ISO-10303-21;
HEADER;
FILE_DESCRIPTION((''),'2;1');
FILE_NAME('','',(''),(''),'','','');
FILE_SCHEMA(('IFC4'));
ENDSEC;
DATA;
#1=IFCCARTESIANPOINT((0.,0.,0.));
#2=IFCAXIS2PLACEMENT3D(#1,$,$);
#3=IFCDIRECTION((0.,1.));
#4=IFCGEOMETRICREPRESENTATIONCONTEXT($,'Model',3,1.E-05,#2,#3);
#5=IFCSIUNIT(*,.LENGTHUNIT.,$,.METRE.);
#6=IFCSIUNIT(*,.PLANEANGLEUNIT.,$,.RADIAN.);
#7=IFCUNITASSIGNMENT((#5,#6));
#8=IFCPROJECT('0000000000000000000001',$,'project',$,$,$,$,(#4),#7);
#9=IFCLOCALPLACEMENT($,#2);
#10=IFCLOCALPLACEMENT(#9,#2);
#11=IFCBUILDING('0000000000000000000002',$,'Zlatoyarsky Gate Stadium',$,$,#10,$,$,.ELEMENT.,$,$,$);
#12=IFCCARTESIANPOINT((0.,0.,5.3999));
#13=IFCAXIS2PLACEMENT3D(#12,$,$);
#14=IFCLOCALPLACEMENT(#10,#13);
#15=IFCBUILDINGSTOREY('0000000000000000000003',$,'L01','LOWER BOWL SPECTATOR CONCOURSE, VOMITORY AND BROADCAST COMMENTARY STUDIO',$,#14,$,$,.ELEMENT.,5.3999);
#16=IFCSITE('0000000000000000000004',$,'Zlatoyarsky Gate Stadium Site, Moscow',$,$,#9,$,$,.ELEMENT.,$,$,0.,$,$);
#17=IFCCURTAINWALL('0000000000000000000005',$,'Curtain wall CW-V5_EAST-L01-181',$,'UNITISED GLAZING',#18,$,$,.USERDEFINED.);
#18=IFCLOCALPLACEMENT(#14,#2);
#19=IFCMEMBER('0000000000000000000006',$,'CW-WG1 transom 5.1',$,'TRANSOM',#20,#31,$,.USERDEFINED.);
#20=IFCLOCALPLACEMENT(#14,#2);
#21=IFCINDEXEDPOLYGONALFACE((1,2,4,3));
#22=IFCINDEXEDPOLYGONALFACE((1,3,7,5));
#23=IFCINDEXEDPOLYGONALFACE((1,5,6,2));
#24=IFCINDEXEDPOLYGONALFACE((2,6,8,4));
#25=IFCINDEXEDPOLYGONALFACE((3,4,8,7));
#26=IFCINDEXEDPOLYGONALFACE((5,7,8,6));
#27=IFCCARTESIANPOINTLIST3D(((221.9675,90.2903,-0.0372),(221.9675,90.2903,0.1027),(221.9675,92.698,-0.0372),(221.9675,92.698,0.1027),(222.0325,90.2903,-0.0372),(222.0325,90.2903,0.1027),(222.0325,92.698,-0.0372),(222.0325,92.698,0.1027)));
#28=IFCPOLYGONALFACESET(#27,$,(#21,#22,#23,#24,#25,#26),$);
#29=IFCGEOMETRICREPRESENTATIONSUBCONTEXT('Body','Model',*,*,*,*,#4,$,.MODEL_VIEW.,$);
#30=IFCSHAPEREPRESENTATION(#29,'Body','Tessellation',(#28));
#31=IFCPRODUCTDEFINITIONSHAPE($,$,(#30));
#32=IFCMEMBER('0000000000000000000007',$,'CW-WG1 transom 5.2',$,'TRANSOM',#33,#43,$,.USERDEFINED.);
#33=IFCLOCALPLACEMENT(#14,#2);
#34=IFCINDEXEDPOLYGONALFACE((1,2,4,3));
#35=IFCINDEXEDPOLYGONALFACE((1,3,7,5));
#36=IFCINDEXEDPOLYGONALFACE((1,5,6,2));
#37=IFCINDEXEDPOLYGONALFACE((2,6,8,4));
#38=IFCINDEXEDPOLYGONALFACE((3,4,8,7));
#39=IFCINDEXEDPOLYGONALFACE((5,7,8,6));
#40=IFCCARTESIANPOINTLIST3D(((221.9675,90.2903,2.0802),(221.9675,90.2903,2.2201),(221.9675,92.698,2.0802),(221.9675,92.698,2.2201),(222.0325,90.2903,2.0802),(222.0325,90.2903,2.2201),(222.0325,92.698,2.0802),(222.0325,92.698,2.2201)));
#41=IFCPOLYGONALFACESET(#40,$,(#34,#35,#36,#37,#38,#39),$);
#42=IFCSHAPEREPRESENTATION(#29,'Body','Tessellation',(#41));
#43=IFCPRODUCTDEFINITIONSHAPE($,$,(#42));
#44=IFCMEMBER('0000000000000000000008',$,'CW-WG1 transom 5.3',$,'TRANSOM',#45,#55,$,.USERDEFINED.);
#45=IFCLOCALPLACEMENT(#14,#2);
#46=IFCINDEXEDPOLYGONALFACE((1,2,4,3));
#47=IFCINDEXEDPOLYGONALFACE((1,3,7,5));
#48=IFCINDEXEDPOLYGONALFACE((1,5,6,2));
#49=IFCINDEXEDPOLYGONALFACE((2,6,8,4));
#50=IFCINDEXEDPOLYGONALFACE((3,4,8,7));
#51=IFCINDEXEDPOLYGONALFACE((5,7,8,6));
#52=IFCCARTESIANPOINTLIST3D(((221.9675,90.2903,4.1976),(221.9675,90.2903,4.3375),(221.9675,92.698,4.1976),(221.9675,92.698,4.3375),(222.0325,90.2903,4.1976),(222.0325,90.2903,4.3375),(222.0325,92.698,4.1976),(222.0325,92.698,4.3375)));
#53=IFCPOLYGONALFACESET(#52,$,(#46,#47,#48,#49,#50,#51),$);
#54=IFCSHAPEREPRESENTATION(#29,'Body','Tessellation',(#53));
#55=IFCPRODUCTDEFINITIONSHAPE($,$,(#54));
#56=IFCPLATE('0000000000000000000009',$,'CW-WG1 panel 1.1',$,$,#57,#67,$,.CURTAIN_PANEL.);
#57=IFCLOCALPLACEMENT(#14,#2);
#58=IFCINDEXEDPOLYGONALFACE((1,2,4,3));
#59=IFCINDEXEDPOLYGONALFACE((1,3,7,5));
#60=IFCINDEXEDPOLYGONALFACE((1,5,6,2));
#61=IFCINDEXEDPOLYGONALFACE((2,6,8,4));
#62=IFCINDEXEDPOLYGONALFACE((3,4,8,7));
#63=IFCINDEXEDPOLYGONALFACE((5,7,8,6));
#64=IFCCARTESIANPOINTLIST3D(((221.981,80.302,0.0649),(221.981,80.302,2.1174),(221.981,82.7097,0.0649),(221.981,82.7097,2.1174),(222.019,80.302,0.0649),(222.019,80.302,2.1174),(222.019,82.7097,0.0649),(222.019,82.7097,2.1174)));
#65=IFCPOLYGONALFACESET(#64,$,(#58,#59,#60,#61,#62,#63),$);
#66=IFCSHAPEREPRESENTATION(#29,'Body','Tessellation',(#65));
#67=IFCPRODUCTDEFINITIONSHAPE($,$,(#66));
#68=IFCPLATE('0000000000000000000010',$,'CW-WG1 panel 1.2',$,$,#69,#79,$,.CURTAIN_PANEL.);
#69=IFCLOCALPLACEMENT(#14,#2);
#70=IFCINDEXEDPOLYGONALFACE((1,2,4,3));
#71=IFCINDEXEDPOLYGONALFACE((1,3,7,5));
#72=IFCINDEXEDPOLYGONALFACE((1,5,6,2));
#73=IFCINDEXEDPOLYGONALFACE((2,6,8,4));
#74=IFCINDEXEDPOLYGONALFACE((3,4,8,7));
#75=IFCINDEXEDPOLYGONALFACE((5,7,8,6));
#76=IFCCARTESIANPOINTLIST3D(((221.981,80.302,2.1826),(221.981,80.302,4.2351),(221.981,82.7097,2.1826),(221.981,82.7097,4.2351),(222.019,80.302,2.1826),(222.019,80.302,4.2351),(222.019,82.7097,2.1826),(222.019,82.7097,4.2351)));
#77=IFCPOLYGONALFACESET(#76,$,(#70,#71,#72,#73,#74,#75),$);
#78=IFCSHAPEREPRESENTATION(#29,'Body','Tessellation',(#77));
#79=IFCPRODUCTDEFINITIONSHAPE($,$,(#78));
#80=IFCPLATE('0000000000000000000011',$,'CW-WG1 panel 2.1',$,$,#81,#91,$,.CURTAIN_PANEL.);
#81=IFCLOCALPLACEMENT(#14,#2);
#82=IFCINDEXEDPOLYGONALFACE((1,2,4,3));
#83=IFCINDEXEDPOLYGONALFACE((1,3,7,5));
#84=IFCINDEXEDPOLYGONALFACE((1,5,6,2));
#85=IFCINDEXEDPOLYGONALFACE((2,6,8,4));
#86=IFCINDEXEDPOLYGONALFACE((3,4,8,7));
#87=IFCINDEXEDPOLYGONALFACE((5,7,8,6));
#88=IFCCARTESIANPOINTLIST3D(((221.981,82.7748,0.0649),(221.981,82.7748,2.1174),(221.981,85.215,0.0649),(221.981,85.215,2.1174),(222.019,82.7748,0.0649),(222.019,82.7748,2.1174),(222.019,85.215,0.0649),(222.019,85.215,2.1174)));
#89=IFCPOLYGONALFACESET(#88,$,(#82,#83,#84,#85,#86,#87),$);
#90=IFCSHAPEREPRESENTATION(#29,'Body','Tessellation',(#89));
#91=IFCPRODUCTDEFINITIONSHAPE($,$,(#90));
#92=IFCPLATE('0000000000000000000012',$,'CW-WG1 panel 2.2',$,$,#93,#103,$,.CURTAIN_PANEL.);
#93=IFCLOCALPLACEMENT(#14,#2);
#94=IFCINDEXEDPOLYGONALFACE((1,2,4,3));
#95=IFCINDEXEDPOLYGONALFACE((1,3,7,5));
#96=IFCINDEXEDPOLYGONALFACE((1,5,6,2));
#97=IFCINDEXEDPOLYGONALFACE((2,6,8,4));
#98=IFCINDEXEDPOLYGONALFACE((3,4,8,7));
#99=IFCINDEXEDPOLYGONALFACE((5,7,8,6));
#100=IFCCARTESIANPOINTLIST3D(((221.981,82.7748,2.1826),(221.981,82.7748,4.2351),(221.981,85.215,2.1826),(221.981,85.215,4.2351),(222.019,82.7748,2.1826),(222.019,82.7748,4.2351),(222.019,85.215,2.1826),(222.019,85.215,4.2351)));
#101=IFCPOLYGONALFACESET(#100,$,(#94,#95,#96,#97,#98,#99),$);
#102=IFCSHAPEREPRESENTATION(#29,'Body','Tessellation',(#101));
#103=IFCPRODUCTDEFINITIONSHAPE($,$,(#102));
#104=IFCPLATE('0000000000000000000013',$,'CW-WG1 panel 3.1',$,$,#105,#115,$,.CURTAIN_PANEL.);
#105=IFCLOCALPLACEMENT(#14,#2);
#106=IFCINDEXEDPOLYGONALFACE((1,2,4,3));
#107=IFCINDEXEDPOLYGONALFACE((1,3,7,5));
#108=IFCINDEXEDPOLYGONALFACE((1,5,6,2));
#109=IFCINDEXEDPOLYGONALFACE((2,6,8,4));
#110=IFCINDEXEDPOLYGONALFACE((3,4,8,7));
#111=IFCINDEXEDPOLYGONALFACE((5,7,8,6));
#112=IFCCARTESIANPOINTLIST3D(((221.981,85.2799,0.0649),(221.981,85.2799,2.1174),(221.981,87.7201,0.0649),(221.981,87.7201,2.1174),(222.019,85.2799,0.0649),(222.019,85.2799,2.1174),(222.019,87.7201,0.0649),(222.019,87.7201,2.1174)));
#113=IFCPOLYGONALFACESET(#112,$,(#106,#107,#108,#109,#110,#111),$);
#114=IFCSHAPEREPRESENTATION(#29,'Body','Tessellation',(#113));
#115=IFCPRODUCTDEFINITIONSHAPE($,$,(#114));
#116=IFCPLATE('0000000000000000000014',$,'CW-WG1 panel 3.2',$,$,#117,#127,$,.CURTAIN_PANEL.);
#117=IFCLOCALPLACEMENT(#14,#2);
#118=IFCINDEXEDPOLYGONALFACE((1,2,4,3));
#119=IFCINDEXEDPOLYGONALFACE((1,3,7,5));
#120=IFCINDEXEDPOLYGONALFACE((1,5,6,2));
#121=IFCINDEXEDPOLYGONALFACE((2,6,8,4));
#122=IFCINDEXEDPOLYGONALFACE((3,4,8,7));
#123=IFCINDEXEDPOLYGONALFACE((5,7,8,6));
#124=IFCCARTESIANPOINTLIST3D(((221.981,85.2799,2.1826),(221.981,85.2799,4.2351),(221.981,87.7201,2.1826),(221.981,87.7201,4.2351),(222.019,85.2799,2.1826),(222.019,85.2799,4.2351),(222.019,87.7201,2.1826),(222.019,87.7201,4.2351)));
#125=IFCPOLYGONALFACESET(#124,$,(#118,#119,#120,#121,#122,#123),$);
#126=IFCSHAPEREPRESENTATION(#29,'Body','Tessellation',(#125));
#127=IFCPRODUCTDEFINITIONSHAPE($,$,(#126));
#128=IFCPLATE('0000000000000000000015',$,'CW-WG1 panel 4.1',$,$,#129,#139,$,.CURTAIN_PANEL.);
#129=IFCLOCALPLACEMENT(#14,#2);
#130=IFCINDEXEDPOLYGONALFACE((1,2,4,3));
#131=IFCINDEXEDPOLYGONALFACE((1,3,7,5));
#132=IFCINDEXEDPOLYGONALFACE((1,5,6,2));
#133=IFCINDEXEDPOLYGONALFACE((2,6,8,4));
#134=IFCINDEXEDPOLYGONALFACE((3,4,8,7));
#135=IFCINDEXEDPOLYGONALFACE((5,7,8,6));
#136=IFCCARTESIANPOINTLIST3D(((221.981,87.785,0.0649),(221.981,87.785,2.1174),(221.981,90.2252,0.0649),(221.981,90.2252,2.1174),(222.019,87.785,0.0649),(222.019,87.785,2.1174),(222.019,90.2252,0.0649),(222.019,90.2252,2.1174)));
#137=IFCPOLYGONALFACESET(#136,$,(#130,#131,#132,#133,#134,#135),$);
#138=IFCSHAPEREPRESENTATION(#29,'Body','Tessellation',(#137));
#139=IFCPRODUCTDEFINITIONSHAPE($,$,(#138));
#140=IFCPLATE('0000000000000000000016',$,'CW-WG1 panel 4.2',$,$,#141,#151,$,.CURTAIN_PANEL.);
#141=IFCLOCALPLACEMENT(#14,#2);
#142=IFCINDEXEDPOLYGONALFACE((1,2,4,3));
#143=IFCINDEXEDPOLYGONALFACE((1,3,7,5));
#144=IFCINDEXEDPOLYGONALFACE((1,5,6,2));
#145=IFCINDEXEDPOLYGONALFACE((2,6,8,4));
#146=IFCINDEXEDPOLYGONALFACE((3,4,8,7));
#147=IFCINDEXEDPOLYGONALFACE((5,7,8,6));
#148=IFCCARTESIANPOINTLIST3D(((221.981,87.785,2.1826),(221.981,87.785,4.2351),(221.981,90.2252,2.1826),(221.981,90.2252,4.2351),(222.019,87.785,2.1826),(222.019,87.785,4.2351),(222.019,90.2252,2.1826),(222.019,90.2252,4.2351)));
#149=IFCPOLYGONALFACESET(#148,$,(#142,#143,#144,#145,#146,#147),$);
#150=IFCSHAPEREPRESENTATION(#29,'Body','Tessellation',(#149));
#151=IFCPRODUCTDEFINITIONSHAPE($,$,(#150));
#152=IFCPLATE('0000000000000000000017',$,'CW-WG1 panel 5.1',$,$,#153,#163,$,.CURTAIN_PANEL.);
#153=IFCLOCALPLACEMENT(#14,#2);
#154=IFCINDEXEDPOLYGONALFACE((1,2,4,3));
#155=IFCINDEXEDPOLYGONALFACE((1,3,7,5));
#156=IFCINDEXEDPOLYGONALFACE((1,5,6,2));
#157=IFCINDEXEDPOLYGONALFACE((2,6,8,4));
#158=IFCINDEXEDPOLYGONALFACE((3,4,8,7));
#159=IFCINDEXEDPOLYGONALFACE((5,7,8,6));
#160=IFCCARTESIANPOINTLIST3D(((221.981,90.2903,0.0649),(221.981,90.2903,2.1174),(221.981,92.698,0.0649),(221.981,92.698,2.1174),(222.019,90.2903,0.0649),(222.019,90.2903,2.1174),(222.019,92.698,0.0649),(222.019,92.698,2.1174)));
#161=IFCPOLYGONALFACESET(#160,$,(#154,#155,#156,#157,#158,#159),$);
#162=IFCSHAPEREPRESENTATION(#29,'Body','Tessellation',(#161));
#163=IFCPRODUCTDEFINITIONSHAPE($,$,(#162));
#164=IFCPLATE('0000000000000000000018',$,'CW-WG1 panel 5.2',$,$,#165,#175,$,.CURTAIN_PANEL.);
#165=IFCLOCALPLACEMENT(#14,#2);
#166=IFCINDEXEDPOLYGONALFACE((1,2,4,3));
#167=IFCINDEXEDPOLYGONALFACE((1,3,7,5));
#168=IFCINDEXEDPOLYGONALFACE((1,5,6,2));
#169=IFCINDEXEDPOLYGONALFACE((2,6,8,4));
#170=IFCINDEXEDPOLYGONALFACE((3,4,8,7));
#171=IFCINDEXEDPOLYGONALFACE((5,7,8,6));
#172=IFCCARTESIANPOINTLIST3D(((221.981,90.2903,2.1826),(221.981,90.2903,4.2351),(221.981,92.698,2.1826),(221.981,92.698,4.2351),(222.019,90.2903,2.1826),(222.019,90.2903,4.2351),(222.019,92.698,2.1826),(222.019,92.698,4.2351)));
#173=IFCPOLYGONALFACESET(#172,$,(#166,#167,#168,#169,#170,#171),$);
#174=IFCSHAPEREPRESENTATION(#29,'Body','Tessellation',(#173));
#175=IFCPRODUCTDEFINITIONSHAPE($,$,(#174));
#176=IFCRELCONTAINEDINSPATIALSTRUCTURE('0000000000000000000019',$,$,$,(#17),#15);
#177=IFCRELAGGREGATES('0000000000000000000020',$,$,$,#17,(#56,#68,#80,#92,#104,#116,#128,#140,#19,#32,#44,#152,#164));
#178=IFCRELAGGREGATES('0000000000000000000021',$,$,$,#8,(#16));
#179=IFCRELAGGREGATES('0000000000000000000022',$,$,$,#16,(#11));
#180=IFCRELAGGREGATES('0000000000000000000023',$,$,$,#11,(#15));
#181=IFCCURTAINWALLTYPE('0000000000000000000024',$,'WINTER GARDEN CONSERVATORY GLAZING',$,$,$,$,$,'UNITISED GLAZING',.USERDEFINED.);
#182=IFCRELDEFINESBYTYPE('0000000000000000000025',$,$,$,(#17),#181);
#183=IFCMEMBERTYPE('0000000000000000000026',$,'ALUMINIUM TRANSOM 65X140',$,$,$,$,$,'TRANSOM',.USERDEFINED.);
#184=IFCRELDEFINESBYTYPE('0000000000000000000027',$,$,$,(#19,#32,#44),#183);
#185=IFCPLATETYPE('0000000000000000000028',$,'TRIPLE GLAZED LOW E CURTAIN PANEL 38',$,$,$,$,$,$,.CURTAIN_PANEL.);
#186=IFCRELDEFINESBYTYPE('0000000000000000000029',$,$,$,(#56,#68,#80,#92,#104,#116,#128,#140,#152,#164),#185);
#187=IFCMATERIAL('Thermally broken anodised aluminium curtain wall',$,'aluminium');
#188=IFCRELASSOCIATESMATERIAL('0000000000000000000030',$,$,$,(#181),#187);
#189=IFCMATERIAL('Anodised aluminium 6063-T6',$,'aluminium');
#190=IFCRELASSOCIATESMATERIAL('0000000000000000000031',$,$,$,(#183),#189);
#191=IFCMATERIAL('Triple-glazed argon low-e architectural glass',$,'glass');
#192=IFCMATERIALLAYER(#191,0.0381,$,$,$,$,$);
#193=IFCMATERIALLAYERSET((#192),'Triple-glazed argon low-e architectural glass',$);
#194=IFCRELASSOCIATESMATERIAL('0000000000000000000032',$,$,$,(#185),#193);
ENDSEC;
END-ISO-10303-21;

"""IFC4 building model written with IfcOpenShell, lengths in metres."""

from ifc_helpers import new_model, si_unit, direction, frame, origin, origin_2d, place, context, subcontext, project, spatial, rectangle, extrude, material, layer, layer_set, material_profile, profile_set, type_object, element, aggregate, save


model = new_model("IFC4")

# Units and contexts
model_context = context("Model", 3, precision=1e-05, world=origin(), true_north=direction((0.0, 1.0)))
body_context = subcontext(model_context, "Body", "Model", "MODEL_VIEW")
ifc_project = project(units=[si_unit("LENGTHUNIT", "METRE"), si_unit("PLANEANGLEUNIT", "RADIAN")], contexts=[model_context])

# Site, building, storey
site_placement = place(None, origin())
site = spatial("IfcSite", under=ifc_project, at=site_placement, Name="Zlatoyarsky Gate Stadium Site, Moscow", CompositionType="ELEMENT", RefElevation=0.0)
building_placement = place(site_placement, origin())
building = spatial("IfcBuilding", under=site, at=building_placement, Name="Zlatoyarsky Gate Stadium", CompositionType="ELEMENT")
storey_placement = place(building_placement, frame((0.0, 0.0, 5.3999)))
storey = spatial("IfcBuildingStorey", under=building, at=storey_placement, Name="L01", Description="LOWER BOWL SPECTATOR CONCOURSE, VOMITORY AND BROADCAST COMMENTARY STUDIO", CompositionType="ELEMENT", Elevation=5.3999)

# Curtain wall, members, plates
ifc_material_1 = material(Name="Thermally broken anodised aluminium curtain wall", Category="aluminium")
curtain_wall_type = type_object("IfcCurtainWallType", Name="WINTER GARDEN CONSERVATORY GLAZING", ElementType="UNITISED GLAZING", PredefinedType="USERDEFINED", material=ifc_material_1)
curtain_wall_placement = place(storey_placement, origin())
curtain_wall = element("IfcCurtainWall", 1, at=curtain_wall_placement, inside=storey, type_object=curtain_wall_type, Name="Curtain wall CW-V5_EAST-L01-181", ObjectType="UNITISED GLAZING", PredefinedType="USERDEFINED")
ifc_material_2 = material(Name="Anodised aluminium 6063-T6", Category="aluminium")
ifc_material_profile_1 = material_profile(ifc_material_2, rectangle(XDim=0.0649, YDim=0.1399, at=origin_2d()), Name="ALU 65X140")
ifc_profile_set_1 = profile_set([ifc_material_profile_1], Name="Anodised aluminium 6063-T6")
member_type_1 = type_object("IfcMemberType", Name="ALUMINIUM TRANSOM 65X140", ElementType="TRANSOM", PredefinedType="USERDEFINED", material=ifc_profile_set_1)
member_1_placement = place(storey_placement, frame((222.0, 90.2903, 0.0327), z_axis=(0.0, 1.0, 0.0), x_axis=(-1.0, 0.0, 0.0)))
member_1 = element("IfcMember", 2, at=member_1_placement, type_object=member_type_1, Name="CW-WG1 transom 5.1", ObjectType="TRANSOM", PredefinedType="USERDEFINED", context=body_context, shape_type="SweptSolid", body=[
    extrude(rectangle(XDim=0.0649, YDim=0.1399, at=origin_2d()), origin(), (0.0, 0.0, 1.0), 2.4077),
])
member_2_placement = place(storey_placement, frame((222.0, 90.2903, 2.1501), z_axis=(0.0, 1.0, 0.0), x_axis=(-1.0, 0.0, 0.0)))
member_2 = element("IfcMember", 3, at=member_2_placement, type_object=member_type_1, Name="CW-WG1 transom 5.2", ObjectType="TRANSOM", PredefinedType="USERDEFINED", context=body_context, shape_type="SweptSolid", body=[
    extrude(rectangle(XDim=0.0649, YDim=0.1399, at=origin_2d()), origin(), (0.0, 0.0, 1.0), 2.4077),
])
member_3_placement = place(storey_placement, frame((222.0, 90.2903, 4.2676), z_axis=(0.0, 1.0, 0.0), x_axis=(-1.0, 0.0, 0.0)))
member_3 = element("IfcMember", 4, at=member_3_placement, type_object=member_type_1, Name="CW-WG1 transom 5.3", ObjectType="TRANSOM", PredefinedType="USERDEFINED", context=body_context, shape_type="SweptSolid", body=[
    extrude(rectangle(XDim=0.0649, YDim=0.1399, at=origin_2d()), origin(), (0.0, 0.0, 1.0), 2.4077),
])
ifc_material_3 = material(Name="Triple-glazed argon low-e architectural glass", Category="glass")
ifc_layer = layer(ifc_material_3, 0.0381)
ifc_layer_set = layer_set([ifc_layer], Name="Triple-glazed argon low-e architectural glass")
plate_type = type_object("IfcPlateType", Name="TRIPLE GLAZED LOW E CURTAIN PANEL 38", PredefinedType="CURTAIN_PANEL", material=ifc_layer_set)
plate_1_placement = place(storey_placement, frame((222.0, 81.5059, 0.0649), z_axis=(0.0, 0.0, 1.0), x_axis=(0.0, 1.0, 0.0)))
plate_1 = element("IfcPlate", 5, at=plate_1_placement, type_object=plate_type, Name="CW-WG1 panel 1.1", PredefinedType="CURTAIN_PANEL", context=body_context, shape_type="SweptSolid", body=[
    extrude(rectangle(XDim=2.4077, YDim=0.0381, at=origin_2d()), origin(), (0.0, 0.0, 1.0), 2.0525),
])
plate_2_placement = place(storey_placement, frame((222.0, 81.5059, 2.1826), z_axis=(0.0, 0.0, 1.0), x_axis=(0.0, 1.0, 0.0)))
plate_2 = element("IfcPlate", 6, at=plate_2_placement, type_object=plate_type, Name="CW-WG1 panel 1.2", PredefinedType="CURTAIN_PANEL", context=body_context, shape_type="SweptSolid", body=[
    extrude(rectangle(XDim=2.4077, YDim=0.0381, at=origin_2d()), origin(), (0.0, 0.0, 1.0), 2.0525),
])
plate_3_placement = place(storey_placement, frame((222.0, 83.9949, 0.0649), z_axis=(0.0, 0.0, 1.0), x_axis=(0.0, 1.0, 0.0)))
plate_3 = element("IfcPlate", 7, at=plate_3_placement, type_object=plate_type, Name="CW-WG1 panel 2.1", PredefinedType="CURTAIN_PANEL", context=body_context, shape_type="SweptSolid", body=[
    extrude(rectangle(XDim=2.4402, YDim=0.0381, at=origin_2d()), origin(), (0.0, 0.0, 1.0), 2.0525),
])
plate_4_placement = place(storey_placement, frame((222.0, 83.9949, 2.1826), z_axis=(0.0, 0.0, 1.0), x_axis=(0.0, 1.0, 0.0)))
plate_4 = element("IfcPlate", 8, at=plate_4_placement, type_object=plate_type, Name="CW-WG1 panel 2.2", PredefinedType="CURTAIN_PANEL", context=body_context, shape_type="SweptSolid", body=[
    extrude(rectangle(XDim=2.4402, YDim=0.0381, at=origin_2d()), origin(), (0.0, 0.0, 1.0), 2.0525),
])
plate_5_placement = place(storey_placement, frame((222.0, 86.5, 0.0649), z_axis=(0.0, 0.0, 1.0), x_axis=(0.0, 1.0, 0.0)))
plate_5 = element("IfcPlate", 9, at=plate_5_placement, type_object=plate_type, Name="CW-WG1 panel 3.1", PredefinedType="CURTAIN_PANEL", context=body_context, shape_type="SweptSolid", body=[
    extrude(rectangle(XDim=2.4402, YDim=0.0381, at=origin_2d()), origin(), (0.0, 0.0, 1.0), 2.0525),
])
plate_6_placement = place(storey_placement, frame((222.0, 86.5, 2.1826), z_axis=(0.0, 0.0, 1.0), x_axis=(0.0, 1.0, 0.0)))
plate_6 = element("IfcPlate", 10, at=plate_6_placement, type_object=plate_type, Name="CW-WG1 panel 3.2", PredefinedType="CURTAIN_PANEL", context=body_context, shape_type="SweptSolid", body=[
    extrude(rectangle(XDim=2.4402, YDim=0.0381, at=origin_2d()), origin(), (0.0, 0.0, 1.0), 2.0525),
])
plate_7_placement = place(storey_placement, frame((222.0, 89.0051, 0.0649), z_axis=(0.0, 0.0, 1.0), x_axis=(0.0, 1.0, 0.0)))
plate_7 = element("IfcPlate", 11, at=plate_7_placement, type_object=plate_type, Name="CW-WG1 panel 4.1", PredefinedType="CURTAIN_PANEL", context=body_context, shape_type="SweptSolid", body=[
    extrude(rectangle(XDim=2.4402, YDim=0.0381, at=origin_2d()), origin(), (0.0, 0.0, 1.0), 2.0525),
])
plate_8_placement = place(storey_placement, frame((222.0, 89.0051, 2.1826), z_axis=(0.0, 0.0, 1.0), x_axis=(0.0, 1.0, 0.0)))
plate_8 = element("IfcPlate", 12, at=plate_8_placement, type_object=plate_type, Name="CW-WG1 panel 4.2", PredefinedType="CURTAIN_PANEL", context=body_context, shape_type="SweptSolid", body=[
    extrude(rectangle(XDim=2.4402, YDim=0.0381, at=origin_2d()), origin(), (0.0, 0.0, 1.0), 2.0525),
])
plate_9_placement = place(storey_placement, frame((222.0, 91.4941, 0.0649), z_axis=(0.0, 0.0, 1.0), x_axis=(0.0, 1.0, 0.0)))
plate_9 = element("IfcPlate", 13, at=plate_9_placement, type_object=plate_type, Name="CW-WG1 panel 5.1", PredefinedType="CURTAIN_PANEL", context=body_context, shape_type="SweptSolid", body=[
    extrude(rectangle(XDim=2.4077, YDim=0.0381, at=origin_2d()), origin(), (0.0, 0.0, 1.0), 2.0525),
])
plate_10_placement = place(storey_placement, frame((222.0, 91.4941, 2.1826), z_axis=(0.0, 0.0, 1.0), x_axis=(0.0, 1.0, 0.0)))
plate_10 = element("IfcPlate", 14, at=plate_10_placement, type_object=plate_type, Name="CW-WG1 panel 5.2", PredefinedType="CURTAIN_PANEL", context=body_context, shape_type="SweptSolid", body=[
    extrude(rectangle(XDim=2.4077, YDim=0.0381, at=origin_2d()), origin(), (0.0, 0.0, 1.0), 2.0525),
])
aggregate(curtain_wall, [plate_1, plate_2, plate_3, plate_4, plate_5, plate_6, plate_7, plate_8, member_1, member_2, member_3, plate_9, plate_10])

save(model, "model.ifc")
